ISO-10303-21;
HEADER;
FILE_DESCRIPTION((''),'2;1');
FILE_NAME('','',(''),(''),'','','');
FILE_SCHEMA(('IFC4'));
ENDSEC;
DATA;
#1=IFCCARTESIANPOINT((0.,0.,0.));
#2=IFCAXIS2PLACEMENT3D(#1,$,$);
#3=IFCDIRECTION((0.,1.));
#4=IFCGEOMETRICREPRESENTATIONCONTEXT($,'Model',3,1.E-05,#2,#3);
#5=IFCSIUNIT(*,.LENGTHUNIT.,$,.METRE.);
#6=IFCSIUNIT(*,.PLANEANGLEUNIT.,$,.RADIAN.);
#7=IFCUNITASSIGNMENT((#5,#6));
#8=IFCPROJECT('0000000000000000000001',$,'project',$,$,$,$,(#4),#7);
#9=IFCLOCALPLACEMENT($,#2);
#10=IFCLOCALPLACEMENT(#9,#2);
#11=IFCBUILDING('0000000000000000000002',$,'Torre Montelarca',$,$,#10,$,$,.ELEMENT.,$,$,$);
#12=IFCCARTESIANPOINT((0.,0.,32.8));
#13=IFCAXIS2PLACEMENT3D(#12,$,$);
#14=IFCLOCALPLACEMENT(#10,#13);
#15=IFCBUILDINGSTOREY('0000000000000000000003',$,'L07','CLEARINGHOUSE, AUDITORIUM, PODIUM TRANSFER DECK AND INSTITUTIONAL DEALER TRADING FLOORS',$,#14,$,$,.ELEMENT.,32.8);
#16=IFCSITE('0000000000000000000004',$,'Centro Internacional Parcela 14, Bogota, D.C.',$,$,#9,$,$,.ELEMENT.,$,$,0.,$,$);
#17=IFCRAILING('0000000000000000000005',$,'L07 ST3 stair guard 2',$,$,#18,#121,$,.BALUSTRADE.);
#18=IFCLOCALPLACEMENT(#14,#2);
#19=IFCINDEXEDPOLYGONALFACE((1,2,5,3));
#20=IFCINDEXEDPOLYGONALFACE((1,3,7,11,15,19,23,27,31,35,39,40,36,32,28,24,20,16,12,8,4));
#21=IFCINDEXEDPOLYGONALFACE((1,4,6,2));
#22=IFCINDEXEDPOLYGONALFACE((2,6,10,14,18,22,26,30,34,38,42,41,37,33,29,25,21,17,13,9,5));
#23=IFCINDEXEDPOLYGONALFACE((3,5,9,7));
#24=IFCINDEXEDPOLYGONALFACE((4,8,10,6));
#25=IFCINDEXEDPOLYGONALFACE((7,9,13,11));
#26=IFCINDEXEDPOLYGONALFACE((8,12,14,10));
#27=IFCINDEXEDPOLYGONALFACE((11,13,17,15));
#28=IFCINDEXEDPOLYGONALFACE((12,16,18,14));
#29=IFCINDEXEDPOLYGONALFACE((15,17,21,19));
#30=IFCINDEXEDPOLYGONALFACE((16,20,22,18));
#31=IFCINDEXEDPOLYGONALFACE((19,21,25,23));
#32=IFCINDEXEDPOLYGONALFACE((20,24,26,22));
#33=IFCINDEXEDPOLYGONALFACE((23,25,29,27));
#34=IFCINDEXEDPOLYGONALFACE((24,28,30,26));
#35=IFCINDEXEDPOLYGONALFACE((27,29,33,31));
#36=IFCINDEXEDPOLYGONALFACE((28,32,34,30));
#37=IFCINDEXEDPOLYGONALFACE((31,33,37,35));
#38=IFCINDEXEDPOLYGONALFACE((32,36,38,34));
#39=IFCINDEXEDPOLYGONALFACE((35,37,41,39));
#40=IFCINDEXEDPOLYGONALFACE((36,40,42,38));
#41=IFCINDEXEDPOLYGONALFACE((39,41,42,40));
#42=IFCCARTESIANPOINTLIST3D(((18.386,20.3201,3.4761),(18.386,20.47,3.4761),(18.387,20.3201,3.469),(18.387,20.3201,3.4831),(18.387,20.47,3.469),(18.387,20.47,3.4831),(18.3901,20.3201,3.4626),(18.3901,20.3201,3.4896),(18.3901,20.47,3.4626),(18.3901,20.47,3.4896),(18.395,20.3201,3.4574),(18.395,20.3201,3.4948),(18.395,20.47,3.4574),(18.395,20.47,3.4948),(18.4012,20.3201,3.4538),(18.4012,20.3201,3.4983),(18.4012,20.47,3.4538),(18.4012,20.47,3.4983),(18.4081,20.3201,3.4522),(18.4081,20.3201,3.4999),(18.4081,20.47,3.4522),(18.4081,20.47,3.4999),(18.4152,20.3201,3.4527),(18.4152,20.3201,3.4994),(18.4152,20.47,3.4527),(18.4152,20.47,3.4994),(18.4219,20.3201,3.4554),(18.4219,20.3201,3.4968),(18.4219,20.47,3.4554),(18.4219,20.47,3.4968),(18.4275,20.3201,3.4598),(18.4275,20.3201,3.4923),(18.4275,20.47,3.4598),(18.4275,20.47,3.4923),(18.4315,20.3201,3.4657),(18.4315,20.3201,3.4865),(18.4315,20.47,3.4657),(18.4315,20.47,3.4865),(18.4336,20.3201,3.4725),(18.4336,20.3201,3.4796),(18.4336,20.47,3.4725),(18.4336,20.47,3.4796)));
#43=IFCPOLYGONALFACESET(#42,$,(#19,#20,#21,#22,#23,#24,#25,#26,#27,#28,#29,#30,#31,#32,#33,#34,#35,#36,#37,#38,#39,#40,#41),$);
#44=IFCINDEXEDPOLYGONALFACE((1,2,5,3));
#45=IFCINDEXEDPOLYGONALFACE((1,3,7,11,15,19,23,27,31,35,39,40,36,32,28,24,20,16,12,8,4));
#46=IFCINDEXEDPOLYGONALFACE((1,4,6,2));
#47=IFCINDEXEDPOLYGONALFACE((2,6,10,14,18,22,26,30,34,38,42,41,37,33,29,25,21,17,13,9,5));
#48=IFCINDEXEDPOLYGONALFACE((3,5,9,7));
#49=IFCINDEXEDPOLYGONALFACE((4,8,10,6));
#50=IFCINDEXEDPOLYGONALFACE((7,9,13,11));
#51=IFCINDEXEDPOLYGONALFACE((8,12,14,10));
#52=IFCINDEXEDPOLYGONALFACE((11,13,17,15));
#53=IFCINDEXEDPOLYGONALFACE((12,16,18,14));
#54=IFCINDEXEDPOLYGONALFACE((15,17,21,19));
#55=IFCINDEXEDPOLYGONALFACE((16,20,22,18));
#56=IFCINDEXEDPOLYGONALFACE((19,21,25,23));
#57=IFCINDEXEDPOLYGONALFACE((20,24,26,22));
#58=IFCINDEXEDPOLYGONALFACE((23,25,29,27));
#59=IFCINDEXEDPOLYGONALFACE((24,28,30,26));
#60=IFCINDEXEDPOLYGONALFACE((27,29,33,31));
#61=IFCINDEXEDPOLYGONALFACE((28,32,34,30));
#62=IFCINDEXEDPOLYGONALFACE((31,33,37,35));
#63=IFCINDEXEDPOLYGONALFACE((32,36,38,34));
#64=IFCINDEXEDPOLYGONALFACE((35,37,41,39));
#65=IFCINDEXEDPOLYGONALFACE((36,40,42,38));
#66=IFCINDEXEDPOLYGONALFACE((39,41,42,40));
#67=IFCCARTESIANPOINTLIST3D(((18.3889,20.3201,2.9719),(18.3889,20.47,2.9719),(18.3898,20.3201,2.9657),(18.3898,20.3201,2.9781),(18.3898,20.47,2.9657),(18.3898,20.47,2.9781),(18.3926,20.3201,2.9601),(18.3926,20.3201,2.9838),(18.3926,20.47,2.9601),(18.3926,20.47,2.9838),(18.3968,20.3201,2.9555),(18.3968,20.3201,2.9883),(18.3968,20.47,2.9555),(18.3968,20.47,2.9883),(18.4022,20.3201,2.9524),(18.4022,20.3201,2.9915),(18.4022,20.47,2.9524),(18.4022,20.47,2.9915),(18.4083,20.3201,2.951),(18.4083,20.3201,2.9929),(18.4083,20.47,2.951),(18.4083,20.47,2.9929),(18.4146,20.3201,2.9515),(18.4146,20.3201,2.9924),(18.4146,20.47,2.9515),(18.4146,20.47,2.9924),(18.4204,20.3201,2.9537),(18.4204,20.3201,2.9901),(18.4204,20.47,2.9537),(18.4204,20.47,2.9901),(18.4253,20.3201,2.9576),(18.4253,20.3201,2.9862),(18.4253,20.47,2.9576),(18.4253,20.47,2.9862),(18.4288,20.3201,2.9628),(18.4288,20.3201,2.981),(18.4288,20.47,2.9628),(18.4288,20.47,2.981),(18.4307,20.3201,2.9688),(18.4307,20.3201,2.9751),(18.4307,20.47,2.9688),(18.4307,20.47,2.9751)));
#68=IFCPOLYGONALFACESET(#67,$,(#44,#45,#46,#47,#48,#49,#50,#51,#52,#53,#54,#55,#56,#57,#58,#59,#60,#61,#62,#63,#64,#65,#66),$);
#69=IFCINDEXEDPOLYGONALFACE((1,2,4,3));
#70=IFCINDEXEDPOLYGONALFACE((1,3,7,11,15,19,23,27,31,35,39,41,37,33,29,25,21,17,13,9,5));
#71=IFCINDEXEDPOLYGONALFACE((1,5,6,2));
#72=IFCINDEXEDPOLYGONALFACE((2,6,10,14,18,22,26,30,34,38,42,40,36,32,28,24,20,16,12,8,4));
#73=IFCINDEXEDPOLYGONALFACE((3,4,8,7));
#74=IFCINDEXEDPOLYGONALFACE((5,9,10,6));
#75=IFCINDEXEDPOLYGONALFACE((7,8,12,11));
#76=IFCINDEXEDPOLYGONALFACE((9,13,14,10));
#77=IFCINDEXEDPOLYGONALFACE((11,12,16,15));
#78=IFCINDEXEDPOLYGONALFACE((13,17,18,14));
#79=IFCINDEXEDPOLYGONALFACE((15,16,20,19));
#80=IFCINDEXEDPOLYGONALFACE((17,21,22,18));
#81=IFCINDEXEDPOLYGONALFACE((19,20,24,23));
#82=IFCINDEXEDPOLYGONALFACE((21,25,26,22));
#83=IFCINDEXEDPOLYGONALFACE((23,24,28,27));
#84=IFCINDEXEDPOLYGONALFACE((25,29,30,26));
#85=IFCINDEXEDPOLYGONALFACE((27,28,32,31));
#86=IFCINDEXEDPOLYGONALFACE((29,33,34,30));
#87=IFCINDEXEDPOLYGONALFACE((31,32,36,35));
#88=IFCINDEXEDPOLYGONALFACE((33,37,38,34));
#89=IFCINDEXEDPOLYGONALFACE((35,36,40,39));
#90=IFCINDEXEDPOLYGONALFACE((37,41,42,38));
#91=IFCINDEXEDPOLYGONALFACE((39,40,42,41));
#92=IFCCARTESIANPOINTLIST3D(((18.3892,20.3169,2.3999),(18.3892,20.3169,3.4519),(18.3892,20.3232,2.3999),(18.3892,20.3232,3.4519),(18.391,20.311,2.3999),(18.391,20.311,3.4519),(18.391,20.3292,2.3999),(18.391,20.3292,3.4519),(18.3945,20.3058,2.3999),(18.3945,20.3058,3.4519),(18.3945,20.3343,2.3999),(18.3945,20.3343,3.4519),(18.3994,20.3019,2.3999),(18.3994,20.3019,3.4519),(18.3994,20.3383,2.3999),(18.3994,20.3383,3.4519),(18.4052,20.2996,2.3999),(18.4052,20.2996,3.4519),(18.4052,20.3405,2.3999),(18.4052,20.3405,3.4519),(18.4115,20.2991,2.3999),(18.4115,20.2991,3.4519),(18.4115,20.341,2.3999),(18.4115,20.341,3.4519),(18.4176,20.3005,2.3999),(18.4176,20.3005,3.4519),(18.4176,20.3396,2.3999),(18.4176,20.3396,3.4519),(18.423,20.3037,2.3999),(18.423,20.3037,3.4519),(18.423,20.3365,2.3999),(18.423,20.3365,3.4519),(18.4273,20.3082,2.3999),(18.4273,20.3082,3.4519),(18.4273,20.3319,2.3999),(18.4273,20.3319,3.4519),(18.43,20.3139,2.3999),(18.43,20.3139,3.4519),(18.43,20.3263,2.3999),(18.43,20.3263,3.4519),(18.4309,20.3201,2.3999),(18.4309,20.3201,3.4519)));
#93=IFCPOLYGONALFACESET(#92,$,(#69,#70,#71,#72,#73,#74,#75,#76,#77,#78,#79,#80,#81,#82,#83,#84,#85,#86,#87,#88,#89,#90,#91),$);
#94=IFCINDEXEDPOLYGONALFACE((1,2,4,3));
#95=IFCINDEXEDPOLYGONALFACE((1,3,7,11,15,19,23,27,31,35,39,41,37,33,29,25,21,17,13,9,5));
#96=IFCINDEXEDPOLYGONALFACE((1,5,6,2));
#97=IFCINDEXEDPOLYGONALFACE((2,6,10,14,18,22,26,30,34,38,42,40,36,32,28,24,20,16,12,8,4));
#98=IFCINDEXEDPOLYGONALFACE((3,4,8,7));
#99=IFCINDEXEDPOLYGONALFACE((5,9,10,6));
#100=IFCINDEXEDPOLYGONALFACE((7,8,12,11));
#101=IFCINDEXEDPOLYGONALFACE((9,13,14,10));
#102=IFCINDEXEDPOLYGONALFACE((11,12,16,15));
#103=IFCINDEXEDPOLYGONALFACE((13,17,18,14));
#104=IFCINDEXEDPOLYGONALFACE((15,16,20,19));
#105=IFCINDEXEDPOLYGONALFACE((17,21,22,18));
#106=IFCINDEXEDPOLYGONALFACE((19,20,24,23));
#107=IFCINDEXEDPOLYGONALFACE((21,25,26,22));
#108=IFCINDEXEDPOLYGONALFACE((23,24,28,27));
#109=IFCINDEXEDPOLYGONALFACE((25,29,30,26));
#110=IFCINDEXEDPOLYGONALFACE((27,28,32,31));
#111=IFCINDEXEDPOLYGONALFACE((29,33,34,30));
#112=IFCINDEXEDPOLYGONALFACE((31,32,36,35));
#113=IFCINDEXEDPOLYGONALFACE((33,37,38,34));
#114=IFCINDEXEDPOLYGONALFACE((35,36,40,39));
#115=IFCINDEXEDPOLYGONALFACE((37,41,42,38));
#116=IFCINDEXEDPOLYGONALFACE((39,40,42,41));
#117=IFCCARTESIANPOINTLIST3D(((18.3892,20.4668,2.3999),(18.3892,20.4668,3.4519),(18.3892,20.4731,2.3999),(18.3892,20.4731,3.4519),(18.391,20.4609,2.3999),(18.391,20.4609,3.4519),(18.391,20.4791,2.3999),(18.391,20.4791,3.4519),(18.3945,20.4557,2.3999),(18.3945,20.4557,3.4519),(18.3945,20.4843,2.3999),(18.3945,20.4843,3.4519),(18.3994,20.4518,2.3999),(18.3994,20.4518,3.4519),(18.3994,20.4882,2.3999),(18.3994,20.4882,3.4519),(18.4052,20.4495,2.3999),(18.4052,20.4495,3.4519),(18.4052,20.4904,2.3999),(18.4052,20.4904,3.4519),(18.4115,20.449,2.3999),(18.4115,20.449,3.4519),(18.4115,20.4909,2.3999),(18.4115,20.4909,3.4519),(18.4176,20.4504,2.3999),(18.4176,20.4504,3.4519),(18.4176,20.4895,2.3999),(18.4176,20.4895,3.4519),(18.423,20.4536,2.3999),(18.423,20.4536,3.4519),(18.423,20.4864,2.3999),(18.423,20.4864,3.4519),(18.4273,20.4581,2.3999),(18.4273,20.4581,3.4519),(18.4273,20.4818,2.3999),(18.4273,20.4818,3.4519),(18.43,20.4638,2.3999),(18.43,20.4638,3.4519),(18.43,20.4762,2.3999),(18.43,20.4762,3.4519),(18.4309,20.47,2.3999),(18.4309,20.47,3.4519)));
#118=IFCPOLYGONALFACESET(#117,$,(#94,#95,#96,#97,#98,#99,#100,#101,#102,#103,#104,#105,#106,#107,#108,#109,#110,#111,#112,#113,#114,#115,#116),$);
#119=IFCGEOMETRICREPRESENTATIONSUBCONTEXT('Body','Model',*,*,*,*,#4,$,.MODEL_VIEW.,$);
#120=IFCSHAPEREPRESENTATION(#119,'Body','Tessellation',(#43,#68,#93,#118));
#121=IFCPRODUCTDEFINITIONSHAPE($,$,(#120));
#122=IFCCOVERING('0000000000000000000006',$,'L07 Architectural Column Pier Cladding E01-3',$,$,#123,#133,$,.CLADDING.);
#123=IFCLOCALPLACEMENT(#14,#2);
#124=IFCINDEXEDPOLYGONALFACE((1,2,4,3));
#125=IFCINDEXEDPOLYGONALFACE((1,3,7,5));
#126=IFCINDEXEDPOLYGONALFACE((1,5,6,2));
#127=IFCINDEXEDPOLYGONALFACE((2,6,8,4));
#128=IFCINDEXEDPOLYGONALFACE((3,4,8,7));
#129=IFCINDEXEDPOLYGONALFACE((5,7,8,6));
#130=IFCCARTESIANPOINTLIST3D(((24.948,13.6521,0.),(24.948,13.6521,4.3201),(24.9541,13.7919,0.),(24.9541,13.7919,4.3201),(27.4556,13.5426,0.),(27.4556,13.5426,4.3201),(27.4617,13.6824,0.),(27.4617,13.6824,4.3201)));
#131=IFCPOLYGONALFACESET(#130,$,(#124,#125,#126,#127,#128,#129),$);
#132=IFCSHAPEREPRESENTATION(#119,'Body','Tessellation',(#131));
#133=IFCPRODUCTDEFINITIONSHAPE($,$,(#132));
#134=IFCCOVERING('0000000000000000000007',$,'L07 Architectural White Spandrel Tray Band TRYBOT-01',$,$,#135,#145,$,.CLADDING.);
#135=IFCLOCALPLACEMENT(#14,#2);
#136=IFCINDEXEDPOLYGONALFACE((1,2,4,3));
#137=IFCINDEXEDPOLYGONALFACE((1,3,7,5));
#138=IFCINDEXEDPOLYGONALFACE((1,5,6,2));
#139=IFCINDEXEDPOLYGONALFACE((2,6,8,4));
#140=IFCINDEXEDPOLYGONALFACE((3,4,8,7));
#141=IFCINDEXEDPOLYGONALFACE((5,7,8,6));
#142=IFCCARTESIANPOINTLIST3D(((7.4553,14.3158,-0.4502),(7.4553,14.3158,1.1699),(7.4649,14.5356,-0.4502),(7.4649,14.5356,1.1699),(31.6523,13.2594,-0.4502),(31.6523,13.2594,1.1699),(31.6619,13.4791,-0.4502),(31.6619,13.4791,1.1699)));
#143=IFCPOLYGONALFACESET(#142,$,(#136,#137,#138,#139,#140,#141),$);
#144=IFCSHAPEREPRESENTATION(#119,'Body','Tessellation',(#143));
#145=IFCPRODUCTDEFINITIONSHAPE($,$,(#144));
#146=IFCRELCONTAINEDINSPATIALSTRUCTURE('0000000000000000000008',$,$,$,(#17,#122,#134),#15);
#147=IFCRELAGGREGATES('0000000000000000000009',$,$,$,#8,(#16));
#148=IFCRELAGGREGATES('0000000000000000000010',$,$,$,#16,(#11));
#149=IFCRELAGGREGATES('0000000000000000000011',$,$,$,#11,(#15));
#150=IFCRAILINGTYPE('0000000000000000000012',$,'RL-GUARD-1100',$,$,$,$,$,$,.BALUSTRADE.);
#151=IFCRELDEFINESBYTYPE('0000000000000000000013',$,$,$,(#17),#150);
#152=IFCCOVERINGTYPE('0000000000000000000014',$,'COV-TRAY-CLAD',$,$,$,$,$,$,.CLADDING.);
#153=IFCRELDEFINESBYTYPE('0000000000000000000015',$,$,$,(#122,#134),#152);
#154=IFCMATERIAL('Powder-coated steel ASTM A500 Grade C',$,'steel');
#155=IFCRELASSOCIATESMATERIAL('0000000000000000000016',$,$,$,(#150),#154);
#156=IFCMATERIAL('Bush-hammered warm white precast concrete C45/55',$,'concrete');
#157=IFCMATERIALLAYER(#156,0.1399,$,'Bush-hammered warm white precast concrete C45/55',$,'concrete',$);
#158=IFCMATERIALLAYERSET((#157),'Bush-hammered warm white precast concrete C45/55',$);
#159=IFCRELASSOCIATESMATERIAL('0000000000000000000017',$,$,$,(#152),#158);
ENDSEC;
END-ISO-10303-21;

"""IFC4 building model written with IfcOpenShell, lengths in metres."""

from ifc_helpers import new_model, si_unit, direction, frame, origin, origin_2d, place, context, subcontext, project, spatial, rectangle, circle, extrude, source, transform, mapped, material, layer, layer_set, type_object, element, save


model = new_model("IFC4")

# Units and contexts
model_context = context("Model", 3, precision=1e-05, world=origin(), true_north=direction((0.0, 1.0)))
body_context = subcontext(model_context, "Body", "Model", "MODEL_VIEW")
ifc_project = project(units=[si_unit("LENGTHUNIT", "METRE"), si_unit("PLANEANGLEUNIT", "RADIAN")], contexts=[model_context])

# Site, building, storey
site_placement = place(None, origin())
site = spatial("IfcSite", under=ifc_project, at=site_placement, Name="Centro Internacional Parcela 14, Bogota, D.C.", CompositionType="ELEMENT", RefElevation=0.0)
building_placement = place(site_placement, origin())
building = spatial("IfcBuilding", under=site, at=building_placement, Name="Torre Montelarca", CompositionType="ELEMENT")
storey_placement = place(building_placement, frame((0.0, 0.0, 32.8)))
storey = spatial("IfcBuildingStorey", under=building, at=storey_placement, Name="L07", Description="CLEARINGHOUSE, AUDITORIUM, PODIUM TRANSFER DECK AND INSTITUTIONAL DEALER TRADING FLOORS", CompositionType="ELEMENT", Elevation=32.8)

# Railing
ifc_material_1 = material(Name="Powder-coated steel ASTM A500 Grade C", Category="steel")
railing_type = type_object("IfcRailingType", Name="RL-GUARD-1100", PredefinedType="BALUSTRADE", material=ifc_material_1)
railing_1_placement = place(storey_placement, frame((18.4099, 20.3201, 2.3999)))
element("IfcRailing", 1, at=railing_1_placement, inside=storey, type_object=railing_type, Name="L07 ST3 stair guard 2", PredefinedType="BALUSTRADE", context=body_context, shape_type="SweptSolid", body=[
    extrude(circle(Radius=0.0239, at=origin_2d()), frame((0.0, 0.0, 1.0762), z_axis=(0.0, 1.0, 0.0), x_axis=(-1.0, 0.0, 0.0)), (0.0, 0.0, 1.0), 0.1499),
    extrude(circle(Radius=0.021, at=origin_2d()), frame((0.0, 0.0, 0.572), z_axis=(0.0, 1.0, 0.0), x_axis=(-1.0, 0.0, 0.0)), (0.0, 0.0, 1.0), 0.1499),
    extrude(circle(Radius=0.021, at=origin_2d()), origin(), (0.0, 0.0, 1.0), 1.052),
    extrude(circle(Radius=0.021, at=origin_2d()), frame((0.0, 0.1499, 0.0)), (0.0, 0.0, 1.0), 1.052),
])

# Coverings
ifc_material_2 = material(Name="Bush-hammered warm white precast concrete C45/55", Category="concrete")
ifc_layer_1 = layer(ifc_material_2, 0.1399, Name="Bush-hammered warm white precast concrete C45/55", Category="concrete")
ifc_layer_set_1 = layer_set([ifc_layer_1], Name="Bush-hammered warm white precast concrete C45/55")
covering_type = type_object("IfcCoveringType", Name="COV-TRAY-CLAD", PredefinedType="CLADDING", material=ifc_layer_set_1)
shared_shape_1 = source(origin(), body_context, "Body", "SweptSolid", [
    extrude(rectangle(XDim=2.51, YDim=0.1399, at=origin_2d()), origin(), (0.0, 0.0, 1.0), 4.3201),
])
covering_1_placement = place(storey_placement, frame((26.2048, 13.6672, 0.0), z_axis=(0.0, 0.0, 1.0), x_axis=(0.999048, -0.043619, 0.0)))
element("IfcCovering", 2, at=covering_1_placement, inside=storey, type_object=covering_type, Name="L07 Architectural Column Pier Cladding E01-3", PredefinedType="CLADDING", context=body_context, shape_type="MappedRepresentation", body=[
    mapped(shared_shape_1, transform((0.0, 0.0, 0.0), scale=1.0)),
])
shared_shape_2 = source(origin(), body_context, "Body", "SweptSolid", [
    extrude(rectangle(XDim=24.22, YDim=0.22, at=origin_2d()), origin(), (0.0, 0.0, 1.0), 1.6201),
])
covering_2_placement = place(storey_placement, frame((19.5586, 13.8975, -0.4502), z_axis=(0.0, 0.0, 1.0), x_axis=(0.999048, -0.043618, 0.0)))
element("IfcCovering", 3, at=covering_2_placement, inside=storey, type_object=covering_type, Name="L07 Architectural White Spandrel Tray Band TRYBOT-01", PredefinedType="CLADDING", context=body_context, shape_type="MappedRepresentation", body=[
    mapped(shared_shape_2, transform((0.0, 0.0, 0.0), scale=1.0)),
])

save(model, "model.ifc")
